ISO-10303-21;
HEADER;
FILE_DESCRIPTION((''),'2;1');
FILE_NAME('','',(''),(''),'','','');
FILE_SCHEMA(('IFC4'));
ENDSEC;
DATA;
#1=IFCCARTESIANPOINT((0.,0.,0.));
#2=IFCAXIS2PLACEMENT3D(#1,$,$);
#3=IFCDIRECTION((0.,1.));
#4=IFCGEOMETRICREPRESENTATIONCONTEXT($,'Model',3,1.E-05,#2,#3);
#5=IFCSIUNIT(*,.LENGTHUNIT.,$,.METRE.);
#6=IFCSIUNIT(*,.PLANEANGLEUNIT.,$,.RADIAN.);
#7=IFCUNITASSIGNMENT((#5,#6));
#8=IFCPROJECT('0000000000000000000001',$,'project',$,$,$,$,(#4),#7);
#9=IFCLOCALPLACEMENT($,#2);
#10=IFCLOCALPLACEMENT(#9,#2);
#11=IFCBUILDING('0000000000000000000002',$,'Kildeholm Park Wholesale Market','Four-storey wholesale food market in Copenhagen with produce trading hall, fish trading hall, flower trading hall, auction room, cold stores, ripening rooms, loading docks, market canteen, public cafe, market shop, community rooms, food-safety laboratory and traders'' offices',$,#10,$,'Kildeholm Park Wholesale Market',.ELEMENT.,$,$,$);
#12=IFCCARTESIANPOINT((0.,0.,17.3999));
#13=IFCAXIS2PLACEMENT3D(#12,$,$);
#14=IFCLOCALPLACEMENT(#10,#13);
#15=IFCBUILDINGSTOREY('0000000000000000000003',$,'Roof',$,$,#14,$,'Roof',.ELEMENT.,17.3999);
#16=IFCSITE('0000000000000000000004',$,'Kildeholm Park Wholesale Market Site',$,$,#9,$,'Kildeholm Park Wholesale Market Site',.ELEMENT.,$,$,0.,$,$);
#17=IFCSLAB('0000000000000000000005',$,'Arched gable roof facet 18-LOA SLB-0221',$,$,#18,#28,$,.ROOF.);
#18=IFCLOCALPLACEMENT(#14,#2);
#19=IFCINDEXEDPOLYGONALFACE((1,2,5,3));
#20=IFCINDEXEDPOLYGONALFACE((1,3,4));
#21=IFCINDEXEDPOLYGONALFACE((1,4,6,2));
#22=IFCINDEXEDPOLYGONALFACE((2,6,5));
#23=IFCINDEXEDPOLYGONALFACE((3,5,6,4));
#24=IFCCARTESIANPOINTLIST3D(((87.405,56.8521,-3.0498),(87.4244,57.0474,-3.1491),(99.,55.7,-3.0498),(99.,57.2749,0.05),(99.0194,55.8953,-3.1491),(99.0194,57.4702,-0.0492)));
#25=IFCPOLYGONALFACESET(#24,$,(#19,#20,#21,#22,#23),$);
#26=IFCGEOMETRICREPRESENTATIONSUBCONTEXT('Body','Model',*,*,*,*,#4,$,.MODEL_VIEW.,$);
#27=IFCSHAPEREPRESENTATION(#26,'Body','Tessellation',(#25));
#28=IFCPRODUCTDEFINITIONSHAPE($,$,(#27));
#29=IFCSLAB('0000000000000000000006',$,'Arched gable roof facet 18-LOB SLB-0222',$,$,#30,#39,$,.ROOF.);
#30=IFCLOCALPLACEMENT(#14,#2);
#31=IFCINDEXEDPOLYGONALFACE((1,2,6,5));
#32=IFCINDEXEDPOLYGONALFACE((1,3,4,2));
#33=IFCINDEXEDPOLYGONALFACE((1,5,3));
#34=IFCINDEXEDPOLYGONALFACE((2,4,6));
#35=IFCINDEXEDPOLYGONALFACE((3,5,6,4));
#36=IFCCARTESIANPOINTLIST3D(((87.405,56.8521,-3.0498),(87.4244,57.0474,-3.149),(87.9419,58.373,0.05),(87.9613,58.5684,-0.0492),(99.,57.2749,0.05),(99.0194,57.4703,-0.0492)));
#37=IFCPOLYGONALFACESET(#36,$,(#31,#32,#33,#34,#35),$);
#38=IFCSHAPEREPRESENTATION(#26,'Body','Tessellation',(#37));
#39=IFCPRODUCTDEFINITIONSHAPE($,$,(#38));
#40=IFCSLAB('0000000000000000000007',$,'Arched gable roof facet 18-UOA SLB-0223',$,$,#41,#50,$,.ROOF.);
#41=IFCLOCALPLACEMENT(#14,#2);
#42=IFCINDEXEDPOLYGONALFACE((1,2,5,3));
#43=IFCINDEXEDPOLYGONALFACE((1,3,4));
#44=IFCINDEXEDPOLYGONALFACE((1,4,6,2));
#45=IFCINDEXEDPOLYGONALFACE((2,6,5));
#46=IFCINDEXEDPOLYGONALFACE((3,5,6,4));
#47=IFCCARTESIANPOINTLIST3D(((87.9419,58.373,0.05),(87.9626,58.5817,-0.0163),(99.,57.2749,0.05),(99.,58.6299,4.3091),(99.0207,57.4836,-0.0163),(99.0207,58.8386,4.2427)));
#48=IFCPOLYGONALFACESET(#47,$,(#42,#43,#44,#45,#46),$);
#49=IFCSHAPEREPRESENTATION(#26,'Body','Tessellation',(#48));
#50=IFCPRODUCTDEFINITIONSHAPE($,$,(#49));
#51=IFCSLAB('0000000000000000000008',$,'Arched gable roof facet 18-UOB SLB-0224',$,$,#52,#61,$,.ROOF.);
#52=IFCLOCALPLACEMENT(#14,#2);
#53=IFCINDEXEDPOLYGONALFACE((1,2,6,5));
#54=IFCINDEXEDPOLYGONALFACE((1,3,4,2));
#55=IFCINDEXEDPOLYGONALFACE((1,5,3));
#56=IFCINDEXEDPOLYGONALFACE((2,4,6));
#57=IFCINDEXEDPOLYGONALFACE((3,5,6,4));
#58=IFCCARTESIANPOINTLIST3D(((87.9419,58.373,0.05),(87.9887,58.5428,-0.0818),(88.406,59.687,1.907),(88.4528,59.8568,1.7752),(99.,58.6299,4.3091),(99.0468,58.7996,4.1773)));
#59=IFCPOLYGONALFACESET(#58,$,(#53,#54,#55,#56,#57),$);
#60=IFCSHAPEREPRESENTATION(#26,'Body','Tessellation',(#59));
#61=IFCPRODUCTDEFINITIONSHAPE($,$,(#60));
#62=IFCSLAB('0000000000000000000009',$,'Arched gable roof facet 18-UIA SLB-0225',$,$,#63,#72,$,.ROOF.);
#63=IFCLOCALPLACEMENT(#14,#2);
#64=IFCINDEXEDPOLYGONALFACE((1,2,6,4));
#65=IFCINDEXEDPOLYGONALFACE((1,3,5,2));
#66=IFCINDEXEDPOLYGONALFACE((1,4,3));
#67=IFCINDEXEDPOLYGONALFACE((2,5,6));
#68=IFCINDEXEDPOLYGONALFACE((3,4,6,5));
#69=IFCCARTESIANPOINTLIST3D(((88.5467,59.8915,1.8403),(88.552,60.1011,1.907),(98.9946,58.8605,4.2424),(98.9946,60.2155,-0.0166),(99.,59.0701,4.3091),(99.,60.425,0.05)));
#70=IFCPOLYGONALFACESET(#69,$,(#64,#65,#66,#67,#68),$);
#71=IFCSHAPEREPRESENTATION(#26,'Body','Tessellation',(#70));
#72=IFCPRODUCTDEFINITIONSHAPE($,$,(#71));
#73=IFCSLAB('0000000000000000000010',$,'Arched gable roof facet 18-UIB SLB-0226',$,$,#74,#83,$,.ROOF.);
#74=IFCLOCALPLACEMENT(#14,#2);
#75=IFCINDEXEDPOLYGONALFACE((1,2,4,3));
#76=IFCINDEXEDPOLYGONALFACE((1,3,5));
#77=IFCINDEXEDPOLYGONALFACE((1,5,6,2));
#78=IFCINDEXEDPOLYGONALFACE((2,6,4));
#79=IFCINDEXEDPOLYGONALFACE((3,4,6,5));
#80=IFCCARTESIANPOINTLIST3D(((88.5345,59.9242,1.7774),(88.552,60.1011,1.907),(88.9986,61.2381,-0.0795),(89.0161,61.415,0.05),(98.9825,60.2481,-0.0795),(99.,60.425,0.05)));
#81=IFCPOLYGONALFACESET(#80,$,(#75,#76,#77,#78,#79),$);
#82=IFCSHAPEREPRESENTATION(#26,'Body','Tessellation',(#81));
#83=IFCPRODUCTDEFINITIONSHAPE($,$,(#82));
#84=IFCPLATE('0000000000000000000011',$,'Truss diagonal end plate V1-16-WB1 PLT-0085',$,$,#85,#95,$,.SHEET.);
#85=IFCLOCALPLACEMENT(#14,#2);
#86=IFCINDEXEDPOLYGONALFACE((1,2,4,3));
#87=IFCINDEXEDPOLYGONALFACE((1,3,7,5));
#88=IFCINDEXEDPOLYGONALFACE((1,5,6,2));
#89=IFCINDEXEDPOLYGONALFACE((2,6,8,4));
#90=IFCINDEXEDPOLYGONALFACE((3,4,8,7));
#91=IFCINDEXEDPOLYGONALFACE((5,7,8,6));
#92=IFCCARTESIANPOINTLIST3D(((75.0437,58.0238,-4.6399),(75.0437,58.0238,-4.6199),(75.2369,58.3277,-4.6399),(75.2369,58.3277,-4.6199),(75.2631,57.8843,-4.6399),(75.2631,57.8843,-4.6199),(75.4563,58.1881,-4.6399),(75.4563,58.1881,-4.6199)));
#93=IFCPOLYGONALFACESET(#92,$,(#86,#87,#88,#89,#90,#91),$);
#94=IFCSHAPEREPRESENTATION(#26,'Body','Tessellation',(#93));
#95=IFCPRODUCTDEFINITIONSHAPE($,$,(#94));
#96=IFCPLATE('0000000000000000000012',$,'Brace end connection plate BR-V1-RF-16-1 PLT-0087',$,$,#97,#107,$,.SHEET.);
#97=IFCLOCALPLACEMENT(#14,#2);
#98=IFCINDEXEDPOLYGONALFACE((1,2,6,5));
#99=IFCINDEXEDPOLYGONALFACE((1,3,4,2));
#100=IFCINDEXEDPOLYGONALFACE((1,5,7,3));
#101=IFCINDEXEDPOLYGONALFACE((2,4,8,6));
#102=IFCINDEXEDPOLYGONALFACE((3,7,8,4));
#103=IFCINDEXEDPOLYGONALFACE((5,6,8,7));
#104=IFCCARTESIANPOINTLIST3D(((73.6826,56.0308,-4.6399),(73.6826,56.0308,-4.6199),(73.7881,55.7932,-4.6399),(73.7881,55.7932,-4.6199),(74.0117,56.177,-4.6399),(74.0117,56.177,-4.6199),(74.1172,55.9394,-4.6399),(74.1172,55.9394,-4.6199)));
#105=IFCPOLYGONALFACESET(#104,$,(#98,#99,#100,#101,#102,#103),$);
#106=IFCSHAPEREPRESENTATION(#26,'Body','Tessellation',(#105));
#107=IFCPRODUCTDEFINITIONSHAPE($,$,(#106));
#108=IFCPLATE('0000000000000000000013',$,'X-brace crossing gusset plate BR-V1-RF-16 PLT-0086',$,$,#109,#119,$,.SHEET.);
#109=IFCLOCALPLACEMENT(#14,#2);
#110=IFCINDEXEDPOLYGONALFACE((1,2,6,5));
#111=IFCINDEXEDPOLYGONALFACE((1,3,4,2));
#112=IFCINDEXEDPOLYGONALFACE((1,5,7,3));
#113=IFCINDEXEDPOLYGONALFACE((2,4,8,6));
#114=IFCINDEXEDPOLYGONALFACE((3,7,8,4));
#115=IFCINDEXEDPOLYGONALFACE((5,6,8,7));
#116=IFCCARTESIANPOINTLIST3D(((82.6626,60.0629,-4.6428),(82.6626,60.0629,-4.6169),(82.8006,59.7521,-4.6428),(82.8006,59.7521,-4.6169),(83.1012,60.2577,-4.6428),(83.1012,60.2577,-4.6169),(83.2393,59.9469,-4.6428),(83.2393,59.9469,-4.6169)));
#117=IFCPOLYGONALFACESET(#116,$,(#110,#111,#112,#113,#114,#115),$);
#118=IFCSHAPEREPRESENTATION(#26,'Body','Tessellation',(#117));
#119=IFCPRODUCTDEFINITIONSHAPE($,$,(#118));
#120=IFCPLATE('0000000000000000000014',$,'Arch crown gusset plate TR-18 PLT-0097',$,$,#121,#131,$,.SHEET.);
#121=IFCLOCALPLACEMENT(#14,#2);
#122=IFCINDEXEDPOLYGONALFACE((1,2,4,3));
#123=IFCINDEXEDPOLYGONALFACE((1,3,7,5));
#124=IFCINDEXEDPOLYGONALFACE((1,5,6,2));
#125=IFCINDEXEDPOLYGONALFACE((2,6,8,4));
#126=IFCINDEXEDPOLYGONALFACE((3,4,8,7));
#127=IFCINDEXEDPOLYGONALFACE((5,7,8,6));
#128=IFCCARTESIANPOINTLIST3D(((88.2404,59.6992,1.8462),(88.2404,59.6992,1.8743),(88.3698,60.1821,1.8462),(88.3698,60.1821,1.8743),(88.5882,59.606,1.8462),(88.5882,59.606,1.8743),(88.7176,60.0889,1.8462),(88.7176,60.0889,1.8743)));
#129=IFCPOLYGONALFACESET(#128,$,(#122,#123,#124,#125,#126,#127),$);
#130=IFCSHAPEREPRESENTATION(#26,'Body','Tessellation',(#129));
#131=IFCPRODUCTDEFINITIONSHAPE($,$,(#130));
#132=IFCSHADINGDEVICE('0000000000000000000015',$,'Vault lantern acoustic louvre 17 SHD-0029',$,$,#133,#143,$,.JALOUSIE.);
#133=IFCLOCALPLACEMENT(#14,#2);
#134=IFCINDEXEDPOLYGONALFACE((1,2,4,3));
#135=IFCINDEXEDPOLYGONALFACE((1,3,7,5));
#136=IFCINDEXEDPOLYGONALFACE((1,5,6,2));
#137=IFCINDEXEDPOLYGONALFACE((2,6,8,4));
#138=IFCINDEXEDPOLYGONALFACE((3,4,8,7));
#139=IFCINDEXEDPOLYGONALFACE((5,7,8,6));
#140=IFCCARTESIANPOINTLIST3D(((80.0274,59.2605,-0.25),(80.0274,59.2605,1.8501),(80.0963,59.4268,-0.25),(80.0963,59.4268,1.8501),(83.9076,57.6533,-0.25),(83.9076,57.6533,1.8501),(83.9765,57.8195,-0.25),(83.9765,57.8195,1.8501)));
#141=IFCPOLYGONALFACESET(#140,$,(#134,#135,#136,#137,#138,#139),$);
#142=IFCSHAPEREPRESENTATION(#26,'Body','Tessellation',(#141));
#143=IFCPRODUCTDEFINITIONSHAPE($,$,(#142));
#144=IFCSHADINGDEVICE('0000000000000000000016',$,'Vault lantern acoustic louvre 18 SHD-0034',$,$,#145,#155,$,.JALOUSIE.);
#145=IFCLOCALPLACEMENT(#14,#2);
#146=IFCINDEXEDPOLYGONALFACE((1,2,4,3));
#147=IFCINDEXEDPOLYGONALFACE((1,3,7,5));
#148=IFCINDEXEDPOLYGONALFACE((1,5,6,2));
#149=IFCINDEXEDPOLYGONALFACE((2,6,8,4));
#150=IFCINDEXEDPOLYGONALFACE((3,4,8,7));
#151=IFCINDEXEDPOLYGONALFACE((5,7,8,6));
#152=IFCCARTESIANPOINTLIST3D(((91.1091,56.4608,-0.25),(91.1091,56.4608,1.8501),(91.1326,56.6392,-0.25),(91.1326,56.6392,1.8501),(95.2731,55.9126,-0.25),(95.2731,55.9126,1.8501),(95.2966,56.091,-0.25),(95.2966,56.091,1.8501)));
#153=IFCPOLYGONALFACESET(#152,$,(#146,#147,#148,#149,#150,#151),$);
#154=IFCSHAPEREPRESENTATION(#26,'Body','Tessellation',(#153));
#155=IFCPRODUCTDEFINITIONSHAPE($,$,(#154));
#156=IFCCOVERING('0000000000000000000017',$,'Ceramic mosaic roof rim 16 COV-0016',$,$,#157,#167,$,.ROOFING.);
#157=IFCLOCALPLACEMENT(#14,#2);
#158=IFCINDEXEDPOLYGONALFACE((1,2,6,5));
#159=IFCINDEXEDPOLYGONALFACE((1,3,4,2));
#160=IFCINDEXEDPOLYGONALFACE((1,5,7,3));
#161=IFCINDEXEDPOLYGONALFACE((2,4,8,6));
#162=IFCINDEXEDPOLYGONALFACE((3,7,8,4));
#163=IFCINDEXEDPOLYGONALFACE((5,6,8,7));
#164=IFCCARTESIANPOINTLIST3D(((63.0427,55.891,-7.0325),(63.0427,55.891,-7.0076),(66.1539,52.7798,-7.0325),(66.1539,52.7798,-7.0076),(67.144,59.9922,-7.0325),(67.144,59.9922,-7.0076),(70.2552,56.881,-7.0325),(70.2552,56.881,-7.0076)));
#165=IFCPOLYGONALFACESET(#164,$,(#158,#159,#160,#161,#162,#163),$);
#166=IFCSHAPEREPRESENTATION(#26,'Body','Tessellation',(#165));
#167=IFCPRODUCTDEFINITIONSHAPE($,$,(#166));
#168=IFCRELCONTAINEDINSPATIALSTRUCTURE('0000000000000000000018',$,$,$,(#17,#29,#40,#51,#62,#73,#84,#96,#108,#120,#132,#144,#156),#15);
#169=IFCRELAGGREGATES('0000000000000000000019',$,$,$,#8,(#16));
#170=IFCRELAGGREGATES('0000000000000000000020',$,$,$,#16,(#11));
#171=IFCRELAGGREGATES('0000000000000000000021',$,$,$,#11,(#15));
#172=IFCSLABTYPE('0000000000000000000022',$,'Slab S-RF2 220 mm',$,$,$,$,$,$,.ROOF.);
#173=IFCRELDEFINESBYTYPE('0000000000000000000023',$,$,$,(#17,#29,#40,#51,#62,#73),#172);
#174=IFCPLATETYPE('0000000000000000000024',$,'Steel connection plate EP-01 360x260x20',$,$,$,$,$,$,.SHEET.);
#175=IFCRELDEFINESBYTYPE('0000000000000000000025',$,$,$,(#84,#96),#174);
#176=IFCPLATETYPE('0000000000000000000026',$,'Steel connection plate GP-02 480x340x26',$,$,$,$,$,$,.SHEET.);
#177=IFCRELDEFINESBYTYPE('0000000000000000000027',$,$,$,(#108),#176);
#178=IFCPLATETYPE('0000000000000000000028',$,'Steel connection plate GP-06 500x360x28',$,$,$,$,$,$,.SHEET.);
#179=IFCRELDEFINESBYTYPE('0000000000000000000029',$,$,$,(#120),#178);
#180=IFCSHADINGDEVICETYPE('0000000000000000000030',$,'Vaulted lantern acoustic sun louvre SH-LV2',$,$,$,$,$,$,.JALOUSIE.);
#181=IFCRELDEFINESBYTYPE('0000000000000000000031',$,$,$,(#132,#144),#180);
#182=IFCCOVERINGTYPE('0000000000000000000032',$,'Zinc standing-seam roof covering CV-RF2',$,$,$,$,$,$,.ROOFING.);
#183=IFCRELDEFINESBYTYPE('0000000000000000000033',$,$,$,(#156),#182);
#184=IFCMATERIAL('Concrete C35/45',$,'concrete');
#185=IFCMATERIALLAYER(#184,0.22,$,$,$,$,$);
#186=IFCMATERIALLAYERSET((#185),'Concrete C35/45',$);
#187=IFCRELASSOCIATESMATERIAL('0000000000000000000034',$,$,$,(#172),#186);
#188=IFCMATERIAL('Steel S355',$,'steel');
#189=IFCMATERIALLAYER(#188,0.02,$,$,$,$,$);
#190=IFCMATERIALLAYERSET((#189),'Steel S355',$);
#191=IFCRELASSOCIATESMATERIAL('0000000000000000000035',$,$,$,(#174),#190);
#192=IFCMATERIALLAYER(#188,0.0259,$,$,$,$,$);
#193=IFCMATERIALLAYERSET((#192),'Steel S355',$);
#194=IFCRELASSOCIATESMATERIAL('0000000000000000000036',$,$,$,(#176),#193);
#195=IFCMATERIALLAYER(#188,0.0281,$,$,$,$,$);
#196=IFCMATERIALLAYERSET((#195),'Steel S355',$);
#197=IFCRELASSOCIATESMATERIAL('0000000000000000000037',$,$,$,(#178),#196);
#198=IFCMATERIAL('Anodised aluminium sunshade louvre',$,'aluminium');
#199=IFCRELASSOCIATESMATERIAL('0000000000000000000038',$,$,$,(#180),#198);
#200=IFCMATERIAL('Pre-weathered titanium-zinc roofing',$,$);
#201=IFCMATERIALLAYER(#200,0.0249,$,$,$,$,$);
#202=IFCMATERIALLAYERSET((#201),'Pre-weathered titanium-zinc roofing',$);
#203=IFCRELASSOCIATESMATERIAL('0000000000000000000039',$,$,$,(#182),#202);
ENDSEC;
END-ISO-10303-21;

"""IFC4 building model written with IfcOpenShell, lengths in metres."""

from ifc_helpers import new_model, si_unit, direction, frame, origin, origin_2d, place, context, subcontext, project, spatial, polyline, rectangle, outline, extrude, material, layer, layer_set, type_object, element, save


model = new_model("IFC4")

# Units and contexts
model_context = context("Model", 3, precision=1e-05, world=origin(), true_north=direction((0.0, 1.0)))
body_context = subcontext(model_context, "Body", "Model", "MODEL_VIEW")
ifc_project = project(units=[si_unit("LENGTHUNIT", "METRE"), si_unit("PLANEANGLEUNIT", "RADIAN")], contexts=[model_context])

# Site, building, storey
site_placement = place(None, origin())
site = spatial("IfcSite", under=ifc_project, at=site_placement, Name="Kildeholm Park Wholesale Market Site", LongName="Kildeholm Park Wholesale Market Site", CompositionType="ELEMENT", RefElevation=0.0)
building_placement = place(site_placement, origin())
building = spatial("IfcBuilding", under=site, at=building_placement, Name="Kildeholm Park Wholesale Market", Description="Four-storey wholesale food market in Copenhagen with produce trading hall, fish trading hall, flower trading hall, auction room, cold stores, ripening rooms, loading docks, market canteen, public cafe, market shop, community rooms, food-safety laboratory and traders' offices", LongName="Kildeholm Park Wholesale Market", CompositionType="ELEMENT")
storey_placement = place(building_placement, frame((0.0, 0.0, 17.3999)))
storey = spatial("IfcBuildingStorey", under=building, at=storey_placement, Name="Roof", LongName="Roof", CompositionType="ELEMENT", Elevation=17.3999)

# Shared definitions
ifc_material_1 = material(Name="Steel S355", Category="steel")

# Slabs
ifc_material_2 = material(Name="Concrete C35/45", Category="concrete")
ifc_layer_1 = layer(ifc_material_2, 0.22)
ifc_layer_set_1 = layer_set([ifc_layer_1], Name="Concrete C35/45")
slab_type = type_object("IfcSlabType", Name="Slab S-RF2 220 mm", PredefinedType="ROOF", material=ifc_layer_set_1)
slab_1_placement = place(storey_placement, frame((87.405, 56.8521, -3.0498), z_axis=(-0.088239, -0.888052, 0.451195), x_axis=(0.9951, -0.098875, 0.0)))
element("IfcSlab", 1, at=slab_1_placement, inside=storey, type_object=slab_type, Name="Arched gable roof facet 18-LOA SLB-0221", PredefinedType="ROOF", context=body_context, shape_type="SweptSolid", body=[
    extrude(outline(polyline([(0.0, 0.0), (11.6521, 0.0), (11.4963, 3.4735), (0.0, 0.0)])), origin(), (0.0, 0.0, -1.0), 0.22),
])
slab_2_placement = place(storey_placement, frame((87.405, 56.8521, -3.0498), z_axis=(-0.088197, -0.88813, 0.451051), x_axis=(0.965473, 0.035209, 0.258114)))
element("IfcSlab", 2, at=slab_2_placement, inside=storey, type_object=slab_type, Name="Arched gable roof facet 18-LOB SLB-0222", PredefinedType="ROOF", context=body_context, shape_type="SweptSolid", body=[
    extrude(outline(polyline([(0.0, 0.0), (12.0096, 0.0), (1.372, 3.2138), (0.0, 0.0)])), origin(), (0.0, 0.0, -1.0), 0.22),
])
slab_3_placement = place(storey_placement, frame((87.9419, 58.373, 0.05), z_axis=(-0.094212, -0.948698, 0.301821), x_axis=(0.995105, -0.098821, 0.0)))
element("IfcSlab", 3, at=slab_3_placement, inside=storey, type_object=slab_type, Name="Arched gable roof facet 18-UOA SLB-0223", PredefinedType="ROOF", context=body_context, shape_type="SweptSolid", body=[
    extrude(outline(polyline([(0.0, 0.0), (11.1125, 0.0), (10.9786, 4.4674), (0.0, 0.0)])), origin(), (0.0, 0.0, -1.0), 0.22),
])
slab_4_placement = place(storey_placement, frame((87.9419, 58.373, 0.05), z_axis=(-0.212887, -0.771718, 0.599275), x_axis=(0.932959, 0.021669, 0.35933)))
element("IfcSlab", 4, at=slab_4_placement, inside=storey, type_object=slab_type, Name="Arched gable roof facet 18-UOB SLB-0224", PredefinedType="ROOF", context=body_context, shape_type="SweptSolid", body=[
    extrude(outline(polyline([(0.0, 0.0), (11.8527, 0.0), (1.1287, 2.0288), (0.0, 0.0)])), origin(), (0.0, 0.0, -1.0), 0.22),
])
slab_5_placement = place(storey_placement, frame((88.552, 60.1011, 1.907), z_axis=(0.024327, 0.952655, 0.30308), x_axis=(0.970099, -0.095729, 0.223035)))
element("IfcSlab", 5, at=slab_5_placement, inside=storey, type_object=slab_type, Name="Arched gable roof facet 18-UIA SLB-0225", PredefinedType="ROOF", context=body_context, shape_type="SweptSolid", body=[
    extrude(outline(polyline([(0.0, 0.0), (10.77, 0.0), (9.6904, 4.337), (0.0, 0.0)])), origin(), (0.0, 0.0, -1.0), 0.22),
])
slab_6_placement = place(storey_placement, frame((88.552, 60.1011, 1.907), z_axis=(0.079744, 0.804201, 0.588983), x_axis=(0.984112, 0.030516, -0.174907)))
element("IfcSlab", 6, at=slab_6_placement, inside=storey, type_object=slab_type, Name="Arched gable roof facet 18-UIB SLB-0226", PredefinedType="ROOF", context=body_context, shape_type="SweptSolid", body=[
    extrude(outline(polyline([(0.0, 0.0), (10.6167, 0.0), (0.8216, 2.1714), (0.0, 0.0)])), origin(), (0.0, 0.0, -1.0), 0.22),
])

# Plates
ifc_layer_2 = layer(ifc_material_1, 0.02)
ifc_layer_set_2 = layer_set([ifc_layer_2], Name="Steel S355")
plate_type_1 = type_object("IfcPlateType", Name="Steel connection plate EP-01 360x260x20", PredefinedType="SHEET", material=ifc_layer_set_2)
for number, where, z_axis, x_axis, name in (
    (7, (75.25, 58.106, -4.6399), (0.0, 0.0, 1.0), (0.536711, 0.843766, 0.0), "Truss diagonal end plate V1-16-WB1 PLT-0085"),
    (8, (73.8999, 55.9851, -4.6399), (0.0, 0.0, 1.0), (0.9139, 0.405939, 0.0), "Brace end connection plate BR-V1-RF-16-1 PLT-0087"),
):
    element("IfcPlate", number, at=place(storey_placement, frame(where, z_axis=z_axis, x_axis=x_axis)), inside=storey, type_object=plate_type_1, Name=name, PredefinedType="SHEET", context=body_context, shape_type="SweptSolid", body=[
        extrude(rectangle(XDim=0.3601, YDim=0.26, at=origin_2d()), origin(), (0.0, 0.0, 1.0), 0.02),
    ])
ifc_layer_3 = layer(ifc_material_1, 0.0259)
ifc_layer_set_3 = layer_set([ifc_layer_3], Name="Steel S355")
plate_type_2 = type_object("IfcPlateType", Name="Steel connection plate GP-02 480x340x26", PredefinedType="SHEET", material=ifc_layer_set_3)
plate_1_placement = place(storey_placement, frame((82.9509, 60.0049, -4.6428), z_axis=(0.0, 0.0, 1.0), x_axis=(0.9139, 0.405939, 0.0)))
element("IfcPlate", 9, at=plate_1_placement, inside=storey, type_object=plate_type_2, Name="X-brace crossing gusset plate BR-V1-RF-16 PLT-0086", PredefinedType="SHEET", context=body_context, shape_type="SweptSolid", body=[
    extrude(rectangle(XDim=0.48, YDim=0.3401, at=origin_2d()), origin(), (0.0, 0.0, 1.0), 0.0259),
])
ifc_layer_4 = layer(ifc_material_1, 0.0281)
ifc_layer_set_4 = layer_set([ifc_layer_4], Name="Steel S355")
plate_type_3 = type_object("IfcPlateType", Name="Steel connection plate GP-06 500x360x28", PredefinedType="SHEET", material=ifc_layer_set_4)
plate_2_placement = place(storey_placement, frame((88.479, 59.894, 1.8462), z_axis=(0.0, 0.0, 1.0), x_axis=(-0.258819, -0.965926, 0.0)))
element("IfcPlate", 10, at=plate_2_placement, inside=storey, type_object=plate_type_3, Name="Arch crown gusset plate TR-18 PLT-0097", PredefinedType="SHEET", context=body_context, shape_type="SweptSolid", body=[
    extrude(rectangle(XDim=0.5, YDim=0.3601, at=origin_2d()), origin(), (0.0, 0.0, 1.0), 0.0281),
])

# Shading devices
ifc_material_3 = material(Name="Anodised aluminium sunshade louvre", Category="aluminium")
shading_device_type = type_object("IfcShadingDeviceType", Name="Vaulted lantern acoustic sun louvre SH-LV2", PredefinedType="JALOUSIE", material=ifc_material_3)
for number, where, z_axis, x_axis, name in (
    (11, (82.002, 58.54, -0.25), (0.0, 0.0, 1.0), (0.92388, -0.382683, 0.0), "Vault lantern acoustic louvre 17 SHD-0029"),
    (12, (93.2029, 56.2759, -0.25), (0.0, 0.0, 1.0), (0.991445, -0.130526, 0.0), "Vault lantern acoustic louvre 18 SHD-0034"),
):
    element("IfcShadingDevice", number, at=place(storey_placement, frame(where, z_axis=z_axis, x_axis=x_axis)), inside=storey, type_object=shading_device_type, Name=name, PredefinedType="JALOUSIE", context=body_context, shape_type="SweptSolid", body=[
        extrude(rectangle(XDim=4.2, YDim=0.1799, at=origin_2d()), origin(), (0.0, 0.0, 1.0), 2.1001),
    ])

# Covering
ifc_material_4 = material(Name="Pre-weathered titanium-zinc roofing")
ifc_layer_5 = layer(ifc_material_4, 0.0249)
ifc_layer_set_5 = layer_set([ifc_layer_5], Name="Pre-weathered titanium-zinc roofing")
covering_type = type_object("IfcCoveringType", Name="Zinc standing-seam roof covering CV-RF2", PredefinedType="ROOFING", material=ifc_layer_set_5)
covering_placement = place(storey_placement, frame((66.6489, 56.386, -7.0325), z_axis=(0.0, 0.0, 1.0), x_axis=(-0.707107, -0.707107, 0.0)))
element("IfcCovering", 13, at=covering_placement, inside=storey, type_object=covering_type, Name="Ceramic mosaic roof rim 16 COV-0016", PredefinedType="ROOFING", context=body_context, shape_type="SweptSolid", body=[
    extrude(rectangle(XDim=5.8, YDim=4.3999, at=origin_2d()), origin(), (0.0, 0.0, 1.0), 0.0249),
])

save(model, "model.ifc")
